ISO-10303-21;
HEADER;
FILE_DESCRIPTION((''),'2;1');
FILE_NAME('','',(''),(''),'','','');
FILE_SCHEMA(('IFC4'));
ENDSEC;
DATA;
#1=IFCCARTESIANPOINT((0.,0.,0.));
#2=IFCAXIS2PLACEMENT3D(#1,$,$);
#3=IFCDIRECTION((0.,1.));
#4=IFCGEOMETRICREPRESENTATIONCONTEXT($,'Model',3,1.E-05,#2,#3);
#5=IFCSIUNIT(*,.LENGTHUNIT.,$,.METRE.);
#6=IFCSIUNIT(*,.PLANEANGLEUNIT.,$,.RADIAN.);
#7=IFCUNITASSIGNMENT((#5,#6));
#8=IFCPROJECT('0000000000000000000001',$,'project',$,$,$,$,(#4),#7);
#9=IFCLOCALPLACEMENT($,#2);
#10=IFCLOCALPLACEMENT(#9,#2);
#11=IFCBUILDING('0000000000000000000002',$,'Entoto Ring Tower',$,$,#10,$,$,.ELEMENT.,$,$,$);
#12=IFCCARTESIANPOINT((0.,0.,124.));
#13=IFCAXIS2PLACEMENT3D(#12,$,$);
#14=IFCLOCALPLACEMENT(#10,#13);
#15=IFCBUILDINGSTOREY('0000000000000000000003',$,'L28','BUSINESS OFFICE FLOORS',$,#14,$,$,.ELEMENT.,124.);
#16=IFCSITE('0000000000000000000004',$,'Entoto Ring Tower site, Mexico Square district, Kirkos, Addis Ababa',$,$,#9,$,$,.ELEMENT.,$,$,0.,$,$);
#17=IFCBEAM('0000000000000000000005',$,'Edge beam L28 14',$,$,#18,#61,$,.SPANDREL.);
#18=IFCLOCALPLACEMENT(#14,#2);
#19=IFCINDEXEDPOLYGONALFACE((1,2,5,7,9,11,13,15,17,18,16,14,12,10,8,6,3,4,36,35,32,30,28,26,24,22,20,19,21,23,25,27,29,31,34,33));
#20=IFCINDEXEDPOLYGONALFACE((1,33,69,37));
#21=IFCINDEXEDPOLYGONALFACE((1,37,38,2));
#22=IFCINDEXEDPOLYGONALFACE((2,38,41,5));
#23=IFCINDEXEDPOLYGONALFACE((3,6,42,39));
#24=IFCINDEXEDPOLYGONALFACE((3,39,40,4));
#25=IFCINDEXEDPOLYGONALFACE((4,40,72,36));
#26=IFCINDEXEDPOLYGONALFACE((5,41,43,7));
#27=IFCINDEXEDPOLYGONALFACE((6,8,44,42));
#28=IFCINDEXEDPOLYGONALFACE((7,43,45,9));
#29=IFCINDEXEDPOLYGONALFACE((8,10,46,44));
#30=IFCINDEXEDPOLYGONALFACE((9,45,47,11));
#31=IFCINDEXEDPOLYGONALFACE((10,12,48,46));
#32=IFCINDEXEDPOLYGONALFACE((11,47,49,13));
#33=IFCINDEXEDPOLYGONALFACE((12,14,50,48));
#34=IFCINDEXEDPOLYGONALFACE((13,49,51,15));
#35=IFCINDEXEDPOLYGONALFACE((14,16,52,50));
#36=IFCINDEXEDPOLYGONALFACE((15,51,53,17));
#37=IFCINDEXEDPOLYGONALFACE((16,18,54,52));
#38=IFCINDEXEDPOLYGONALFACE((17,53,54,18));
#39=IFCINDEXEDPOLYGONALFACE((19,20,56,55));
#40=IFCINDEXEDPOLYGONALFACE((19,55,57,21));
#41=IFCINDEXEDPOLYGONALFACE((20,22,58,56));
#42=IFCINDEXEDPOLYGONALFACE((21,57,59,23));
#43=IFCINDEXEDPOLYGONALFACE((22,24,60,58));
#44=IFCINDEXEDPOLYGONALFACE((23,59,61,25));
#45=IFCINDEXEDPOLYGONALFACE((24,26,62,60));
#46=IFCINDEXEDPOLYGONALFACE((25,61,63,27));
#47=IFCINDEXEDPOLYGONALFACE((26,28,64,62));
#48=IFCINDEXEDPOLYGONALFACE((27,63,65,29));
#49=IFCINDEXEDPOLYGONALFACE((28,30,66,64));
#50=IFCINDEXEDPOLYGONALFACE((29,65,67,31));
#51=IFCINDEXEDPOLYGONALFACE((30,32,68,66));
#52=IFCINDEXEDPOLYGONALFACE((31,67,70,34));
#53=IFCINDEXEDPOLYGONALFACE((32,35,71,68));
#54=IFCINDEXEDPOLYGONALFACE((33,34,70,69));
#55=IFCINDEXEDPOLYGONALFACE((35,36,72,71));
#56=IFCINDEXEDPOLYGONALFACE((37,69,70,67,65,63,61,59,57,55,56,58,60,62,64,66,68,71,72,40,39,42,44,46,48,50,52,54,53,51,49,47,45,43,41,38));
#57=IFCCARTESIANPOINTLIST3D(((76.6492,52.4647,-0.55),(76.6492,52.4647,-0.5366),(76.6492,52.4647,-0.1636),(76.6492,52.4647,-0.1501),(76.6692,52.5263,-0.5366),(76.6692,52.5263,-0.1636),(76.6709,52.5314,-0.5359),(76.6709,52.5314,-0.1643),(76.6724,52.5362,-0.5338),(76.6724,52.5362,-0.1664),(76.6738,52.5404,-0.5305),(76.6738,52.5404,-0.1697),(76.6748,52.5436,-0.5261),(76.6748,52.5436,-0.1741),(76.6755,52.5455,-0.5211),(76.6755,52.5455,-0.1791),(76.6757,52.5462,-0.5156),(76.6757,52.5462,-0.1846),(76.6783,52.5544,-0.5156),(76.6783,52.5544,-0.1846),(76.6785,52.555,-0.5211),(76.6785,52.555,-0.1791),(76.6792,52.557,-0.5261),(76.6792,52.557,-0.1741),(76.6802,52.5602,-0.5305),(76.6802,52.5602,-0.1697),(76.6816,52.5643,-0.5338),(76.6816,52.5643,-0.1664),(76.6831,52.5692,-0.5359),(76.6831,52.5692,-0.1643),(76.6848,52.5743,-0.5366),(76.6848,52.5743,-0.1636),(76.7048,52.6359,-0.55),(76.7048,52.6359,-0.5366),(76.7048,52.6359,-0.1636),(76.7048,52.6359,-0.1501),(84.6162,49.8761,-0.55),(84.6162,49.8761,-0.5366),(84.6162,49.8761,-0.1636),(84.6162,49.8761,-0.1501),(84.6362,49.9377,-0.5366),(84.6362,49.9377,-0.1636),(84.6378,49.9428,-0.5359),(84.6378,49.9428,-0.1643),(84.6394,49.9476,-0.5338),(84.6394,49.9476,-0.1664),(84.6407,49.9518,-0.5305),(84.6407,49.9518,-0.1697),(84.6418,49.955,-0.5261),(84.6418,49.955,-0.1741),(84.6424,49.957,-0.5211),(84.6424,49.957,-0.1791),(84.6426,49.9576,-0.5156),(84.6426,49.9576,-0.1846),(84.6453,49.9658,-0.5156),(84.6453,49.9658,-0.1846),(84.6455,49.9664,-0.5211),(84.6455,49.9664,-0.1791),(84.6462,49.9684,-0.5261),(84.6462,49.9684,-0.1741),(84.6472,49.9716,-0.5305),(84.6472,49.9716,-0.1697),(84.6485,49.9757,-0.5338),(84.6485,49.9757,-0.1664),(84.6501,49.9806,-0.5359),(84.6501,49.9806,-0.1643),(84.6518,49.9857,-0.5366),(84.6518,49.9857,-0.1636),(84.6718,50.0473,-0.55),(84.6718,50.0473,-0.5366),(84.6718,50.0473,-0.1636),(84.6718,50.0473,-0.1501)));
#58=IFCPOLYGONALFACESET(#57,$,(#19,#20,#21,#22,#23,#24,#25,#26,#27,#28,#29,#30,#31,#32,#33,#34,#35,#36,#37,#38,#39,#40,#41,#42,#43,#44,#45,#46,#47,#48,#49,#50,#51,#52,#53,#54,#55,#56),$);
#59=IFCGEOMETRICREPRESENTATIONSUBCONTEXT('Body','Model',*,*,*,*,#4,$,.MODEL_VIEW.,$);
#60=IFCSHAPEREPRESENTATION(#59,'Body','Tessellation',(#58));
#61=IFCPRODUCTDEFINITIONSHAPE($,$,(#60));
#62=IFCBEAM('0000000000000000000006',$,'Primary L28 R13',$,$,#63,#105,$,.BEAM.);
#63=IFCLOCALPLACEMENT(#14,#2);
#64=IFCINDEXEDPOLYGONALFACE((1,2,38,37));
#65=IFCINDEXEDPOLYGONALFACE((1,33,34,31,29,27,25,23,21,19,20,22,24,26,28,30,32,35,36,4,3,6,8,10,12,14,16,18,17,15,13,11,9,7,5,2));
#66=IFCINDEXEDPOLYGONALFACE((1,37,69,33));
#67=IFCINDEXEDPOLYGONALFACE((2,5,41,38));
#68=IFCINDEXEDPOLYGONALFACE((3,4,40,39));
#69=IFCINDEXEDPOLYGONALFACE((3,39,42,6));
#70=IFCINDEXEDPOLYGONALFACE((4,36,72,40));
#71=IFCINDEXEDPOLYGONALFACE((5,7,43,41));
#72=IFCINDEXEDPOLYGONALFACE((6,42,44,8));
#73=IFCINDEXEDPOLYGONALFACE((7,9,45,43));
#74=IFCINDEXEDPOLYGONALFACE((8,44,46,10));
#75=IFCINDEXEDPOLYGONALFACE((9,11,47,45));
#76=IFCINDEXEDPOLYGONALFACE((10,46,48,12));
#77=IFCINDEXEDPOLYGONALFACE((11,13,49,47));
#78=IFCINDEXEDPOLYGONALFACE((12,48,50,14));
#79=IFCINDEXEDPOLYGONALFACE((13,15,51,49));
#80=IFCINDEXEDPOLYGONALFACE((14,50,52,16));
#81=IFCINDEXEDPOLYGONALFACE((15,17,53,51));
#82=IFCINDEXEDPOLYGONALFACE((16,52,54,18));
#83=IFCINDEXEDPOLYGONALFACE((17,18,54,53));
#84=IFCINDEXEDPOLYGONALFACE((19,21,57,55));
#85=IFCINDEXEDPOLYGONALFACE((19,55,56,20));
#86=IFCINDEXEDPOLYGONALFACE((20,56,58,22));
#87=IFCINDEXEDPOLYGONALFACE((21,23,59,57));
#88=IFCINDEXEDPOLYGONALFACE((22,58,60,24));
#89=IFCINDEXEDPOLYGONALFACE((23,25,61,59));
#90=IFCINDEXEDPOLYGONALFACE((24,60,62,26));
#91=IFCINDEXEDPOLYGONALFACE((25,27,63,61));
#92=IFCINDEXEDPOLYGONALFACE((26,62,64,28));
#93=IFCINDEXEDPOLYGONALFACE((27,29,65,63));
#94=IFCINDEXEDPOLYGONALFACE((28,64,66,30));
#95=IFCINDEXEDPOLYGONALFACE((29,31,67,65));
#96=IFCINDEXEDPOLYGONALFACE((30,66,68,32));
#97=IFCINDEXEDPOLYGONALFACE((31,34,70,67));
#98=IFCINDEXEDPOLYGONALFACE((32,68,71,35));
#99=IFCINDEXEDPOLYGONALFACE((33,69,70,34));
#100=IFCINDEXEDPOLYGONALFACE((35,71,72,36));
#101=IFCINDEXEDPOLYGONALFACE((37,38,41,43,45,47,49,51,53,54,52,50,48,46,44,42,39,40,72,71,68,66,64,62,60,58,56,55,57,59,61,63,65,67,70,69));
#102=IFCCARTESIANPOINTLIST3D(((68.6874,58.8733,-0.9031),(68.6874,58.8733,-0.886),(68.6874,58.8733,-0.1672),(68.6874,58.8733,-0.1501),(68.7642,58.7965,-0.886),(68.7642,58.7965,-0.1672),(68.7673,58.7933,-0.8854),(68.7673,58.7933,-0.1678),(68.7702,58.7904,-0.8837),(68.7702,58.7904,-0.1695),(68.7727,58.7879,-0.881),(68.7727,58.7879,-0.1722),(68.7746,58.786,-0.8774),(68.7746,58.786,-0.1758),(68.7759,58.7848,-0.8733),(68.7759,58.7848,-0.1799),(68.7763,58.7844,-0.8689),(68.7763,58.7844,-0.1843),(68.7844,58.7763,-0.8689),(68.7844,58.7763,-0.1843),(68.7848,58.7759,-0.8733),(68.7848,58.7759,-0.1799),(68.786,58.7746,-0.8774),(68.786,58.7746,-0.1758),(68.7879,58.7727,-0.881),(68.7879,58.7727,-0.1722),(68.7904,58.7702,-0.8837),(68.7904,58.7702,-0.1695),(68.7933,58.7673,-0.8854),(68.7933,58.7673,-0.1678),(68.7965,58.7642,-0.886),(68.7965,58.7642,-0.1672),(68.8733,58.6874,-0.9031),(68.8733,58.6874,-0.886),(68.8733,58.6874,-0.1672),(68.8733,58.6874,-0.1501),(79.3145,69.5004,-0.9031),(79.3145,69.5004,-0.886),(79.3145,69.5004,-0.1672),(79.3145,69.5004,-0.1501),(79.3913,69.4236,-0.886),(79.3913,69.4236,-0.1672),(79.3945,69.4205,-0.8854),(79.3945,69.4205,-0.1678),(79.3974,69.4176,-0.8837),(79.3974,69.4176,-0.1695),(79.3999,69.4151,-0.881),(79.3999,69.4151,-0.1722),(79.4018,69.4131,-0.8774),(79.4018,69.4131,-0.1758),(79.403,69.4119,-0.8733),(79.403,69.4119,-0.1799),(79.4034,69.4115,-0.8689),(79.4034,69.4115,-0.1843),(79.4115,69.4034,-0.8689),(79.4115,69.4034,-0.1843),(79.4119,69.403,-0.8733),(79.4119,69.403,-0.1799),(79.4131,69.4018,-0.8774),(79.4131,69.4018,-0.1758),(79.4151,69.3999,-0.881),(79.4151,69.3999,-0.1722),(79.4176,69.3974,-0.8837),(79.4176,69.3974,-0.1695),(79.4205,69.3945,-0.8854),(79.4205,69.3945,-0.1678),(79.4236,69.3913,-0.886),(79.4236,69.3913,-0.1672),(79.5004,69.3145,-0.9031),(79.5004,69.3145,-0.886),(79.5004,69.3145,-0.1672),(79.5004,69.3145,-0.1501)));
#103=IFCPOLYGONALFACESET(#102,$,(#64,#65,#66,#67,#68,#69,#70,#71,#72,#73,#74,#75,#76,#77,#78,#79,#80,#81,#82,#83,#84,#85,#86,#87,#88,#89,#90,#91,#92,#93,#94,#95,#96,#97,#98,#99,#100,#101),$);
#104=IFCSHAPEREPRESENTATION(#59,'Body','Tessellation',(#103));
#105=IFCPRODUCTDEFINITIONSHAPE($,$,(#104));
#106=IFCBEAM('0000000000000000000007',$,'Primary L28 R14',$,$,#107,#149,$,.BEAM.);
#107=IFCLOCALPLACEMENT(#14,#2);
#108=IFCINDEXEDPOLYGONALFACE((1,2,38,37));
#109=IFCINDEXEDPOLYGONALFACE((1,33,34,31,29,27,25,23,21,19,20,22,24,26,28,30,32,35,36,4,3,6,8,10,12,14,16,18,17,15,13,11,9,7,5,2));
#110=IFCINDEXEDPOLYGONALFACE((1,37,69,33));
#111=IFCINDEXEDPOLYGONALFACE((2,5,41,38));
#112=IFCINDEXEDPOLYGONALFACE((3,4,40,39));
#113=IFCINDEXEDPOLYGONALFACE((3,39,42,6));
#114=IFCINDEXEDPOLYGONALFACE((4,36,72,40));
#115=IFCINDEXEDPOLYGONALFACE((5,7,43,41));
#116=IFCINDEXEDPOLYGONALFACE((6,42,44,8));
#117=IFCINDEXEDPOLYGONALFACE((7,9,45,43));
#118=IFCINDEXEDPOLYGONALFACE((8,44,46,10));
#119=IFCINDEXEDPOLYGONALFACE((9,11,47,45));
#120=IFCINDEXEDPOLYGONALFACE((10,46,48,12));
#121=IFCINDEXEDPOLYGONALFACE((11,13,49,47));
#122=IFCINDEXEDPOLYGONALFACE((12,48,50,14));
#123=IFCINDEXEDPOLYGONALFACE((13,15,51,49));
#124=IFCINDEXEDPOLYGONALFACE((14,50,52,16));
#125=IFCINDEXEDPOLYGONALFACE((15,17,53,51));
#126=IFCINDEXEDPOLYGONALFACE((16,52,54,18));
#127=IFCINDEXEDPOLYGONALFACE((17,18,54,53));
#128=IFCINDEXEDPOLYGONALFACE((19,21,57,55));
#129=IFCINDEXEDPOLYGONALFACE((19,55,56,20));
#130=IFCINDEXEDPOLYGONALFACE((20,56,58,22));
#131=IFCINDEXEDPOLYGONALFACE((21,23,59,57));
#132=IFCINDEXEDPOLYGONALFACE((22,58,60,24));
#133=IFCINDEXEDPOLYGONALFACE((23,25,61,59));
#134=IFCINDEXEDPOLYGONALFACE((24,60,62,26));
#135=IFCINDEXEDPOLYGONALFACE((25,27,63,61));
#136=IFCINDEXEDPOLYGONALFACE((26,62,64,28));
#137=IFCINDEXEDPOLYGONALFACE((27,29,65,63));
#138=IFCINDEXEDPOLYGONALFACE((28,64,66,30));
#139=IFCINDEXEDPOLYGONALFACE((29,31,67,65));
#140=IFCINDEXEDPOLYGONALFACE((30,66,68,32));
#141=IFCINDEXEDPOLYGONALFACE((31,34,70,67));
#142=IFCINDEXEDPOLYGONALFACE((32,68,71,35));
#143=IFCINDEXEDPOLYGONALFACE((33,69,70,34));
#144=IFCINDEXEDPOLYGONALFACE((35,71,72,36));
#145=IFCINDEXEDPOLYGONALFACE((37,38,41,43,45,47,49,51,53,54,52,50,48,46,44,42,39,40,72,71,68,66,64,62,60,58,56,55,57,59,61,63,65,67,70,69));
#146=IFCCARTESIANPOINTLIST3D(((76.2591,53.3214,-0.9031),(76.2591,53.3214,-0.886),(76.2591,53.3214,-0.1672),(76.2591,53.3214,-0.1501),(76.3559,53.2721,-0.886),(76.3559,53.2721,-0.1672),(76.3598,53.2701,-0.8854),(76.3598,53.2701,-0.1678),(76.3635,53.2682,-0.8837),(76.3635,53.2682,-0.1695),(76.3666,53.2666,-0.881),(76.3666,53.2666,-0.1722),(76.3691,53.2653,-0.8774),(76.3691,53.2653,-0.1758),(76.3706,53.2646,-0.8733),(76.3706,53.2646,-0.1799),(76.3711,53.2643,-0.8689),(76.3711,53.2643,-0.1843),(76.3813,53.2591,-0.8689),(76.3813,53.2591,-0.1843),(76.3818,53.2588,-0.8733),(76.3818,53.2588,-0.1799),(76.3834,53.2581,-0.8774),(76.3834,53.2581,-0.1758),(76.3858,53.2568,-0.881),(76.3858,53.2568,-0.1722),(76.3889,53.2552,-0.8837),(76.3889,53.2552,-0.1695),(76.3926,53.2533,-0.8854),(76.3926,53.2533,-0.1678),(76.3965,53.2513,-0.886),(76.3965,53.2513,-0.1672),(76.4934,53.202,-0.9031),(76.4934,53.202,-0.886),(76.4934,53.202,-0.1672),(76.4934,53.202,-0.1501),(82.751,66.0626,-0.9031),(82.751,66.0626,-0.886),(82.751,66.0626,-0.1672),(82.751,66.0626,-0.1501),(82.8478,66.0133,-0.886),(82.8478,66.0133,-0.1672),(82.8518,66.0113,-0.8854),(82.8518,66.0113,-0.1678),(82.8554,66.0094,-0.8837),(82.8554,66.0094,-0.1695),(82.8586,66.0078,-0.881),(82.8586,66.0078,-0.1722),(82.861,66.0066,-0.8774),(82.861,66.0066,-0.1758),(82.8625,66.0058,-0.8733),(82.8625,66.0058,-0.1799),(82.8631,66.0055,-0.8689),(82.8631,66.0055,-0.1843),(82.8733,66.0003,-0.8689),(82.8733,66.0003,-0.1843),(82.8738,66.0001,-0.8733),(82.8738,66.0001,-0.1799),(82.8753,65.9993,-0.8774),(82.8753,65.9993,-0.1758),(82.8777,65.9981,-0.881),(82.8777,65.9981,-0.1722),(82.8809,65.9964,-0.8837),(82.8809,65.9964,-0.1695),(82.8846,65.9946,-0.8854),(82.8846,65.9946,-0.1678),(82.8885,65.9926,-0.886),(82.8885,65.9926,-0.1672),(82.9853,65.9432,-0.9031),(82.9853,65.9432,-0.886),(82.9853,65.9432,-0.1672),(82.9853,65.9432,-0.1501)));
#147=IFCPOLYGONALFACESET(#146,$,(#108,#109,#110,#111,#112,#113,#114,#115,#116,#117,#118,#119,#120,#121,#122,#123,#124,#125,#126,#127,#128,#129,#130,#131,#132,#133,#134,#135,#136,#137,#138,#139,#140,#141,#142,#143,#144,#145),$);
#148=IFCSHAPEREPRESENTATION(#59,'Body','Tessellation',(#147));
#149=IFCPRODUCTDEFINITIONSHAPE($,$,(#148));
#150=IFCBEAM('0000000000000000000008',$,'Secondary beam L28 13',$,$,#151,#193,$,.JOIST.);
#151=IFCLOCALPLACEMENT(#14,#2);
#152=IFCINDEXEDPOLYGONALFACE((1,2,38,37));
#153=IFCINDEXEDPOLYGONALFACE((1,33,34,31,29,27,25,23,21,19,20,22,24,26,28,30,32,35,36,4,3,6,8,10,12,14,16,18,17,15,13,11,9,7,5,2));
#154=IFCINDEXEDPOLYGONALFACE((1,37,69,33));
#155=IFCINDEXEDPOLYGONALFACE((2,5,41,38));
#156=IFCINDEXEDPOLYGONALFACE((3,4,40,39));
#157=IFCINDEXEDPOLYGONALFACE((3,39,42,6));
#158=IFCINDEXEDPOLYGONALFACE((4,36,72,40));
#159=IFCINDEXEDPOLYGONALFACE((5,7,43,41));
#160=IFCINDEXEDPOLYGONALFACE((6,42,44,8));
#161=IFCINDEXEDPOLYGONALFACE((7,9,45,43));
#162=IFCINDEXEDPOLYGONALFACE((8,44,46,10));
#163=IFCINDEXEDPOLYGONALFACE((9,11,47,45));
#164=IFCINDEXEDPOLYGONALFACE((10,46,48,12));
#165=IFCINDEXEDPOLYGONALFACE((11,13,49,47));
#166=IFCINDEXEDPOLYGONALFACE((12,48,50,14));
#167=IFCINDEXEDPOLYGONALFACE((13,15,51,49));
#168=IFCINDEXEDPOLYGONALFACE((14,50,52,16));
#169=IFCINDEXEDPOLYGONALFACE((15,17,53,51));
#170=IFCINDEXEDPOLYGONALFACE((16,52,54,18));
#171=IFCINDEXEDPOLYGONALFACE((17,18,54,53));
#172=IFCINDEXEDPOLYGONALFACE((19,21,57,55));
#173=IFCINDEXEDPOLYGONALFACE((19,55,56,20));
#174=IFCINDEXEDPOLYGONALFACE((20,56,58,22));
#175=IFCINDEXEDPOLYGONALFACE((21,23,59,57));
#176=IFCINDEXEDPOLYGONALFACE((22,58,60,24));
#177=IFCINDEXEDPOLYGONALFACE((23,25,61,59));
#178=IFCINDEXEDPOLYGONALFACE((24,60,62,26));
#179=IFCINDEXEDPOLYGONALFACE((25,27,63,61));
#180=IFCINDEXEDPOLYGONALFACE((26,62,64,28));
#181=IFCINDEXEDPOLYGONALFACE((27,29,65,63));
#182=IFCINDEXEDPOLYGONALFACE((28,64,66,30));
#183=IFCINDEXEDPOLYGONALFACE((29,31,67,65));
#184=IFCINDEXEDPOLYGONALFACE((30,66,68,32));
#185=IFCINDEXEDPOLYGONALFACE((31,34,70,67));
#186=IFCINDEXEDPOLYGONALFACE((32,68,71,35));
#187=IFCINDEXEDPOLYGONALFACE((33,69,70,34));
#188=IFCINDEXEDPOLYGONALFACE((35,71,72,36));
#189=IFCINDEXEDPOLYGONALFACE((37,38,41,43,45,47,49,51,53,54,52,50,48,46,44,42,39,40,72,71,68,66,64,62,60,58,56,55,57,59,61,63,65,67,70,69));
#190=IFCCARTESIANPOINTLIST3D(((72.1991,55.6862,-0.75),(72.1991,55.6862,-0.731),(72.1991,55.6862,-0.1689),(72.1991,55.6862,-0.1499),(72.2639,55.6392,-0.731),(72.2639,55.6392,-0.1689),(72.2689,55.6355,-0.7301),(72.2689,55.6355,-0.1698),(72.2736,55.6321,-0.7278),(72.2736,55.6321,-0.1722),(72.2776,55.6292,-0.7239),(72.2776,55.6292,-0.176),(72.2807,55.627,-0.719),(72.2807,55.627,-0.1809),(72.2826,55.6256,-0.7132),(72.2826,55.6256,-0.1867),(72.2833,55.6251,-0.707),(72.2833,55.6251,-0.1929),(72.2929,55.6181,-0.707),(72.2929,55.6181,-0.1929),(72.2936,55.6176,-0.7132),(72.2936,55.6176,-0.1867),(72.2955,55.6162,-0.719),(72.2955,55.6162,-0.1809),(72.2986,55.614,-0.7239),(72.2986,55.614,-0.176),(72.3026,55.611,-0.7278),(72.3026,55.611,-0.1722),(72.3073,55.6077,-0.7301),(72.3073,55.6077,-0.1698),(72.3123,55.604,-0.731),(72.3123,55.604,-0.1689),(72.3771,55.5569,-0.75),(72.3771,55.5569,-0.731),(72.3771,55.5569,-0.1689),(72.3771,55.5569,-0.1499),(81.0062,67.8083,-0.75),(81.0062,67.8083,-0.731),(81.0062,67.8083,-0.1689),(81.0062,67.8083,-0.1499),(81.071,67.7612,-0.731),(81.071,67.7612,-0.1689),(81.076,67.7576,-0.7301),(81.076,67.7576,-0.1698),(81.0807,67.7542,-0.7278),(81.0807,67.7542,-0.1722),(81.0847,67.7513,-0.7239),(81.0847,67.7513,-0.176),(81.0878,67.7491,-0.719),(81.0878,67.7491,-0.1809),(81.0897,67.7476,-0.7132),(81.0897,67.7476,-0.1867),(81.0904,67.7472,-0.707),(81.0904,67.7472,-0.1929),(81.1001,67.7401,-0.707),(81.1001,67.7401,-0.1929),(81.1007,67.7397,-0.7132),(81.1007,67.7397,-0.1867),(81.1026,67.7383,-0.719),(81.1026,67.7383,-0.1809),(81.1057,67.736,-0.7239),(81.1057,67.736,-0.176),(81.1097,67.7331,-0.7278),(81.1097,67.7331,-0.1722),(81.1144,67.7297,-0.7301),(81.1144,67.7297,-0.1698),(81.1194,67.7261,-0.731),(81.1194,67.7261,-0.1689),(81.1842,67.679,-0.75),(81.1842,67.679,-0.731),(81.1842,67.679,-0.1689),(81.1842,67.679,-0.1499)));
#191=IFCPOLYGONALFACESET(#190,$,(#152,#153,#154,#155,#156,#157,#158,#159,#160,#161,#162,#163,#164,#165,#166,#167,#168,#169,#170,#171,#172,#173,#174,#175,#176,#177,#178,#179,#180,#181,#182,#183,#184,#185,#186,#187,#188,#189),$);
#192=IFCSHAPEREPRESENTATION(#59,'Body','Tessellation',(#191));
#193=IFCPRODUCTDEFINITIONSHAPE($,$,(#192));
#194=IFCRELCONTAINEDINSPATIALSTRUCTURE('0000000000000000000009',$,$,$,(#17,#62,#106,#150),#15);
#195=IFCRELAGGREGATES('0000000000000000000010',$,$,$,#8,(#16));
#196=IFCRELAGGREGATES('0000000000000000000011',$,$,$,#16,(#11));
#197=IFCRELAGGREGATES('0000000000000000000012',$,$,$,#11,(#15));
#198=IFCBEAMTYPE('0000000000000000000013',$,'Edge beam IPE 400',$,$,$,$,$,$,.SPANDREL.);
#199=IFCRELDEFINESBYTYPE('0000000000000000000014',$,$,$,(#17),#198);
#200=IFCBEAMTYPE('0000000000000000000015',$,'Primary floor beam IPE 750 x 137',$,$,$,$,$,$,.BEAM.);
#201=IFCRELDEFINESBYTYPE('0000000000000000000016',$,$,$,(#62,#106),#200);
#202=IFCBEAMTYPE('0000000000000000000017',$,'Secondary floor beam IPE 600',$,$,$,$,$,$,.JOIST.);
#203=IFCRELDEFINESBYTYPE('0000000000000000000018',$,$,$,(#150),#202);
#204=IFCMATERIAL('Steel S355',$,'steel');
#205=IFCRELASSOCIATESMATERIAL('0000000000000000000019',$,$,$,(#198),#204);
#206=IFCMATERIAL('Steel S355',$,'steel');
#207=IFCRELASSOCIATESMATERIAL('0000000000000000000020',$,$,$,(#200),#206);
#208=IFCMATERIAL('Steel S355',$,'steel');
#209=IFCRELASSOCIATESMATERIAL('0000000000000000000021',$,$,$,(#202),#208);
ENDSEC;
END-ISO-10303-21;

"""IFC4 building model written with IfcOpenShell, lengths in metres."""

from ifc_helpers import new_model, si_unit, direction, frame, origin, origin_2d, place, context, subcontext, project, spatial, i_section, extrude, material, material_profile, profile_set, type_object, element, save


model = new_model("IFC4")

# Units and contexts
model_context = context("Model", 3, precision=1e-05, world=origin(), true_north=direction((0.0, 1.0)))
body_context = subcontext(model_context, "Body", "Model", "MODEL_VIEW")
ifc_project = project(units=[si_unit("LENGTHUNIT", "METRE"), si_unit("PLANEANGLEUNIT", "RADIAN")], contexts=[model_context])

# Site, building, storey
site_placement = place(None, origin())
site = spatial("IfcSite", under=ifc_project, at=site_placement, Name="Entoto Ring Tower site, Mexico Square district, Kirkos, Addis Ababa", CompositionType="ELEMENT", RefElevation=0.0)
building_placement = place(site_placement, origin())
building = spatial("IfcBuilding", under=site, at=building_placement, Name="Entoto Ring Tower", CompositionType="ELEMENT")
storey_placement = place(building_placement, frame((0.0, 0.0, 124.0)))
storey = spatial("IfcBuildingStorey", under=building, at=storey_placement, Name="L28", Description="BUSINESS OFFICE FLOORS", CompositionType="ELEMENT", Elevation=124.0)

# Beams
ifc_material_1 = material(Name="Steel S355", Category="steel")
ifc_material_profile_1 = material_profile(ifc_material_1, i_section(OverallWidth=0.1799, OverallDepth=0.3999, WebThickness=0.0085, FlangeThickness=0.0134, FilletRadius=0.021, at=origin_2d()), Name="IPE 400")
ifc_profile_set_1 = profile_set([ifc_material_profile_1], Name="Steel S355")
beam_type_1 = type_object("IfcBeamType", Name="Edge beam IPE 400", PredefinedType="SPANDREL", material=ifc_profile_set_1)
for number, where, z_axis, x_axis, name in (
    (1, (76.677, 52.5503, -0.3501), (0.951057, -0.309014, 0.0), (0.309014, 0.951057, 0.0), "Edge beam L28 14"),
):
    element("IfcBeam", number, at=place(storey_placement, frame(where, z_axis=z_axis, x_axis=x_axis)), inside=storey, type_object=beam_type_1, Name=name, PredefinedType="SPANDREL", context=body_context, shape_type="SweptSolid", body=[
        extrude(i_section(OverallWidth=0.1799, OverallDepth=0.3999, WebThickness=0.0085, FlangeThickness=0.0134, FilletRadius=0.021, at=origin_2d()), origin(), (0.0, 0.0, 1.0), 8.377),
    ])
ifc_material_2 = material(Name="Steel S355", Category="steel")
ifc_material_profile_2 = material_profile(ifc_material_2, i_section(OverallWidth=0.2629, OverallDepth=0.7529, WebThickness=0.0115, FlangeThickness=0.0171, FilletRadius=0.0171, at=origin_2d()), Name="IPE 750 x 137")
ifc_profile_set_2 = profile_set([ifc_material_profile_2], Name="Steel S355")
beam_type_2 = type_object("IfcBeamType", Name="Primary floor beam IPE 750 x 137", PredefinedType="BEAM", material=ifc_profile_set_2)
beam_1_placement = place(storey_placement, frame((79.4075, 69.4075, -0.5266), z_axis=(-0.707107, -0.707107, 0.0), x_axis=(0.707107, -0.707107, 0.0)))
element("IfcBeam", 2, at=beam_1_placement, inside=storey, type_object=beam_type_2, Name="Primary L28 R13", PredefinedType="BEAM", context=body_context, shape_type="SweptSolid", body=[
    extrude(i_section(OverallWidth=0.2629, OverallDepth=0.7529, WebThickness=0.0115, FlangeThickness=0.0171, FilletRadius=0.0171, at=origin_2d()), origin(), (0.0, 0.0, 1.0), 15.0291),
])
beam_2_placement = place(storey_placement, frame((82.8682, 66.0029, -0.5266), z_axis=(-0.453989, -0.891007, 0.0), x_axis=(0.891007, -0.453989, 0.0)))
element("IfcBeam", 3, at=beam_2_placement, inside=storey, type_object=beam_type_2, Name="Primary L28 R14", PredefinedType="BEAM", context=body_context, shape_type="SweptSolid", body=[
    extrude(i_section(OverallWidth=0.2629, OverallDepth=0.7529, WebThickness=0.0115, FlangeThickness=0.0171, FilletRadius=0.0171, at=origin_2d()), origin(), (0.0, 0.0, 1.0), 14.2998),
])
ifc_material_3 = material(Name="Steel S355", Category="steel")
ifc_material_profile_3 = material_profile(ifc_material_3, i_section(OverallWidth=0.22, OverallDepth=0.6001, WebThickness=0.012, FlangeThickness=0.019, FilletRadius=0.0239, at=origin_2d()), Name="IPE 600")
ifc_profile_set_3 = profile_set([ifc_material_profile_3], Name="Steel S355")
beam_type_3 = type_object("IfcBeamType", Name="Secondary floor beam IPE 600", PredefinedType="JOIST", material=ifc_profile_set_3)
beam_3_placement = place(storey_placement, frame((81.0952, 67.7437, -0.45), z_axis=(-0.587782, -0.809019, 0.0), x_axis=(0.809019, -0.587782, 0.0)))
element("IfcBeam", 4, at=beam_3_placement, inside=storey, type_object=beam_type_3, Name="Secondary beam L28 13", PredefinedType="JOIST", context=body_context, shape_type="SweptSolid", body=[
    extrude(i_section(OverallWidth=0.22, OverallDepth=0.6001, WebThickness=0.012, FlangeThickness=0.019, FilletRadius=0.0239, at=origin_2d()), origin(), (0.0, 0.0, 1.0), 14.9836),
])

save(model, "model.ifc")
